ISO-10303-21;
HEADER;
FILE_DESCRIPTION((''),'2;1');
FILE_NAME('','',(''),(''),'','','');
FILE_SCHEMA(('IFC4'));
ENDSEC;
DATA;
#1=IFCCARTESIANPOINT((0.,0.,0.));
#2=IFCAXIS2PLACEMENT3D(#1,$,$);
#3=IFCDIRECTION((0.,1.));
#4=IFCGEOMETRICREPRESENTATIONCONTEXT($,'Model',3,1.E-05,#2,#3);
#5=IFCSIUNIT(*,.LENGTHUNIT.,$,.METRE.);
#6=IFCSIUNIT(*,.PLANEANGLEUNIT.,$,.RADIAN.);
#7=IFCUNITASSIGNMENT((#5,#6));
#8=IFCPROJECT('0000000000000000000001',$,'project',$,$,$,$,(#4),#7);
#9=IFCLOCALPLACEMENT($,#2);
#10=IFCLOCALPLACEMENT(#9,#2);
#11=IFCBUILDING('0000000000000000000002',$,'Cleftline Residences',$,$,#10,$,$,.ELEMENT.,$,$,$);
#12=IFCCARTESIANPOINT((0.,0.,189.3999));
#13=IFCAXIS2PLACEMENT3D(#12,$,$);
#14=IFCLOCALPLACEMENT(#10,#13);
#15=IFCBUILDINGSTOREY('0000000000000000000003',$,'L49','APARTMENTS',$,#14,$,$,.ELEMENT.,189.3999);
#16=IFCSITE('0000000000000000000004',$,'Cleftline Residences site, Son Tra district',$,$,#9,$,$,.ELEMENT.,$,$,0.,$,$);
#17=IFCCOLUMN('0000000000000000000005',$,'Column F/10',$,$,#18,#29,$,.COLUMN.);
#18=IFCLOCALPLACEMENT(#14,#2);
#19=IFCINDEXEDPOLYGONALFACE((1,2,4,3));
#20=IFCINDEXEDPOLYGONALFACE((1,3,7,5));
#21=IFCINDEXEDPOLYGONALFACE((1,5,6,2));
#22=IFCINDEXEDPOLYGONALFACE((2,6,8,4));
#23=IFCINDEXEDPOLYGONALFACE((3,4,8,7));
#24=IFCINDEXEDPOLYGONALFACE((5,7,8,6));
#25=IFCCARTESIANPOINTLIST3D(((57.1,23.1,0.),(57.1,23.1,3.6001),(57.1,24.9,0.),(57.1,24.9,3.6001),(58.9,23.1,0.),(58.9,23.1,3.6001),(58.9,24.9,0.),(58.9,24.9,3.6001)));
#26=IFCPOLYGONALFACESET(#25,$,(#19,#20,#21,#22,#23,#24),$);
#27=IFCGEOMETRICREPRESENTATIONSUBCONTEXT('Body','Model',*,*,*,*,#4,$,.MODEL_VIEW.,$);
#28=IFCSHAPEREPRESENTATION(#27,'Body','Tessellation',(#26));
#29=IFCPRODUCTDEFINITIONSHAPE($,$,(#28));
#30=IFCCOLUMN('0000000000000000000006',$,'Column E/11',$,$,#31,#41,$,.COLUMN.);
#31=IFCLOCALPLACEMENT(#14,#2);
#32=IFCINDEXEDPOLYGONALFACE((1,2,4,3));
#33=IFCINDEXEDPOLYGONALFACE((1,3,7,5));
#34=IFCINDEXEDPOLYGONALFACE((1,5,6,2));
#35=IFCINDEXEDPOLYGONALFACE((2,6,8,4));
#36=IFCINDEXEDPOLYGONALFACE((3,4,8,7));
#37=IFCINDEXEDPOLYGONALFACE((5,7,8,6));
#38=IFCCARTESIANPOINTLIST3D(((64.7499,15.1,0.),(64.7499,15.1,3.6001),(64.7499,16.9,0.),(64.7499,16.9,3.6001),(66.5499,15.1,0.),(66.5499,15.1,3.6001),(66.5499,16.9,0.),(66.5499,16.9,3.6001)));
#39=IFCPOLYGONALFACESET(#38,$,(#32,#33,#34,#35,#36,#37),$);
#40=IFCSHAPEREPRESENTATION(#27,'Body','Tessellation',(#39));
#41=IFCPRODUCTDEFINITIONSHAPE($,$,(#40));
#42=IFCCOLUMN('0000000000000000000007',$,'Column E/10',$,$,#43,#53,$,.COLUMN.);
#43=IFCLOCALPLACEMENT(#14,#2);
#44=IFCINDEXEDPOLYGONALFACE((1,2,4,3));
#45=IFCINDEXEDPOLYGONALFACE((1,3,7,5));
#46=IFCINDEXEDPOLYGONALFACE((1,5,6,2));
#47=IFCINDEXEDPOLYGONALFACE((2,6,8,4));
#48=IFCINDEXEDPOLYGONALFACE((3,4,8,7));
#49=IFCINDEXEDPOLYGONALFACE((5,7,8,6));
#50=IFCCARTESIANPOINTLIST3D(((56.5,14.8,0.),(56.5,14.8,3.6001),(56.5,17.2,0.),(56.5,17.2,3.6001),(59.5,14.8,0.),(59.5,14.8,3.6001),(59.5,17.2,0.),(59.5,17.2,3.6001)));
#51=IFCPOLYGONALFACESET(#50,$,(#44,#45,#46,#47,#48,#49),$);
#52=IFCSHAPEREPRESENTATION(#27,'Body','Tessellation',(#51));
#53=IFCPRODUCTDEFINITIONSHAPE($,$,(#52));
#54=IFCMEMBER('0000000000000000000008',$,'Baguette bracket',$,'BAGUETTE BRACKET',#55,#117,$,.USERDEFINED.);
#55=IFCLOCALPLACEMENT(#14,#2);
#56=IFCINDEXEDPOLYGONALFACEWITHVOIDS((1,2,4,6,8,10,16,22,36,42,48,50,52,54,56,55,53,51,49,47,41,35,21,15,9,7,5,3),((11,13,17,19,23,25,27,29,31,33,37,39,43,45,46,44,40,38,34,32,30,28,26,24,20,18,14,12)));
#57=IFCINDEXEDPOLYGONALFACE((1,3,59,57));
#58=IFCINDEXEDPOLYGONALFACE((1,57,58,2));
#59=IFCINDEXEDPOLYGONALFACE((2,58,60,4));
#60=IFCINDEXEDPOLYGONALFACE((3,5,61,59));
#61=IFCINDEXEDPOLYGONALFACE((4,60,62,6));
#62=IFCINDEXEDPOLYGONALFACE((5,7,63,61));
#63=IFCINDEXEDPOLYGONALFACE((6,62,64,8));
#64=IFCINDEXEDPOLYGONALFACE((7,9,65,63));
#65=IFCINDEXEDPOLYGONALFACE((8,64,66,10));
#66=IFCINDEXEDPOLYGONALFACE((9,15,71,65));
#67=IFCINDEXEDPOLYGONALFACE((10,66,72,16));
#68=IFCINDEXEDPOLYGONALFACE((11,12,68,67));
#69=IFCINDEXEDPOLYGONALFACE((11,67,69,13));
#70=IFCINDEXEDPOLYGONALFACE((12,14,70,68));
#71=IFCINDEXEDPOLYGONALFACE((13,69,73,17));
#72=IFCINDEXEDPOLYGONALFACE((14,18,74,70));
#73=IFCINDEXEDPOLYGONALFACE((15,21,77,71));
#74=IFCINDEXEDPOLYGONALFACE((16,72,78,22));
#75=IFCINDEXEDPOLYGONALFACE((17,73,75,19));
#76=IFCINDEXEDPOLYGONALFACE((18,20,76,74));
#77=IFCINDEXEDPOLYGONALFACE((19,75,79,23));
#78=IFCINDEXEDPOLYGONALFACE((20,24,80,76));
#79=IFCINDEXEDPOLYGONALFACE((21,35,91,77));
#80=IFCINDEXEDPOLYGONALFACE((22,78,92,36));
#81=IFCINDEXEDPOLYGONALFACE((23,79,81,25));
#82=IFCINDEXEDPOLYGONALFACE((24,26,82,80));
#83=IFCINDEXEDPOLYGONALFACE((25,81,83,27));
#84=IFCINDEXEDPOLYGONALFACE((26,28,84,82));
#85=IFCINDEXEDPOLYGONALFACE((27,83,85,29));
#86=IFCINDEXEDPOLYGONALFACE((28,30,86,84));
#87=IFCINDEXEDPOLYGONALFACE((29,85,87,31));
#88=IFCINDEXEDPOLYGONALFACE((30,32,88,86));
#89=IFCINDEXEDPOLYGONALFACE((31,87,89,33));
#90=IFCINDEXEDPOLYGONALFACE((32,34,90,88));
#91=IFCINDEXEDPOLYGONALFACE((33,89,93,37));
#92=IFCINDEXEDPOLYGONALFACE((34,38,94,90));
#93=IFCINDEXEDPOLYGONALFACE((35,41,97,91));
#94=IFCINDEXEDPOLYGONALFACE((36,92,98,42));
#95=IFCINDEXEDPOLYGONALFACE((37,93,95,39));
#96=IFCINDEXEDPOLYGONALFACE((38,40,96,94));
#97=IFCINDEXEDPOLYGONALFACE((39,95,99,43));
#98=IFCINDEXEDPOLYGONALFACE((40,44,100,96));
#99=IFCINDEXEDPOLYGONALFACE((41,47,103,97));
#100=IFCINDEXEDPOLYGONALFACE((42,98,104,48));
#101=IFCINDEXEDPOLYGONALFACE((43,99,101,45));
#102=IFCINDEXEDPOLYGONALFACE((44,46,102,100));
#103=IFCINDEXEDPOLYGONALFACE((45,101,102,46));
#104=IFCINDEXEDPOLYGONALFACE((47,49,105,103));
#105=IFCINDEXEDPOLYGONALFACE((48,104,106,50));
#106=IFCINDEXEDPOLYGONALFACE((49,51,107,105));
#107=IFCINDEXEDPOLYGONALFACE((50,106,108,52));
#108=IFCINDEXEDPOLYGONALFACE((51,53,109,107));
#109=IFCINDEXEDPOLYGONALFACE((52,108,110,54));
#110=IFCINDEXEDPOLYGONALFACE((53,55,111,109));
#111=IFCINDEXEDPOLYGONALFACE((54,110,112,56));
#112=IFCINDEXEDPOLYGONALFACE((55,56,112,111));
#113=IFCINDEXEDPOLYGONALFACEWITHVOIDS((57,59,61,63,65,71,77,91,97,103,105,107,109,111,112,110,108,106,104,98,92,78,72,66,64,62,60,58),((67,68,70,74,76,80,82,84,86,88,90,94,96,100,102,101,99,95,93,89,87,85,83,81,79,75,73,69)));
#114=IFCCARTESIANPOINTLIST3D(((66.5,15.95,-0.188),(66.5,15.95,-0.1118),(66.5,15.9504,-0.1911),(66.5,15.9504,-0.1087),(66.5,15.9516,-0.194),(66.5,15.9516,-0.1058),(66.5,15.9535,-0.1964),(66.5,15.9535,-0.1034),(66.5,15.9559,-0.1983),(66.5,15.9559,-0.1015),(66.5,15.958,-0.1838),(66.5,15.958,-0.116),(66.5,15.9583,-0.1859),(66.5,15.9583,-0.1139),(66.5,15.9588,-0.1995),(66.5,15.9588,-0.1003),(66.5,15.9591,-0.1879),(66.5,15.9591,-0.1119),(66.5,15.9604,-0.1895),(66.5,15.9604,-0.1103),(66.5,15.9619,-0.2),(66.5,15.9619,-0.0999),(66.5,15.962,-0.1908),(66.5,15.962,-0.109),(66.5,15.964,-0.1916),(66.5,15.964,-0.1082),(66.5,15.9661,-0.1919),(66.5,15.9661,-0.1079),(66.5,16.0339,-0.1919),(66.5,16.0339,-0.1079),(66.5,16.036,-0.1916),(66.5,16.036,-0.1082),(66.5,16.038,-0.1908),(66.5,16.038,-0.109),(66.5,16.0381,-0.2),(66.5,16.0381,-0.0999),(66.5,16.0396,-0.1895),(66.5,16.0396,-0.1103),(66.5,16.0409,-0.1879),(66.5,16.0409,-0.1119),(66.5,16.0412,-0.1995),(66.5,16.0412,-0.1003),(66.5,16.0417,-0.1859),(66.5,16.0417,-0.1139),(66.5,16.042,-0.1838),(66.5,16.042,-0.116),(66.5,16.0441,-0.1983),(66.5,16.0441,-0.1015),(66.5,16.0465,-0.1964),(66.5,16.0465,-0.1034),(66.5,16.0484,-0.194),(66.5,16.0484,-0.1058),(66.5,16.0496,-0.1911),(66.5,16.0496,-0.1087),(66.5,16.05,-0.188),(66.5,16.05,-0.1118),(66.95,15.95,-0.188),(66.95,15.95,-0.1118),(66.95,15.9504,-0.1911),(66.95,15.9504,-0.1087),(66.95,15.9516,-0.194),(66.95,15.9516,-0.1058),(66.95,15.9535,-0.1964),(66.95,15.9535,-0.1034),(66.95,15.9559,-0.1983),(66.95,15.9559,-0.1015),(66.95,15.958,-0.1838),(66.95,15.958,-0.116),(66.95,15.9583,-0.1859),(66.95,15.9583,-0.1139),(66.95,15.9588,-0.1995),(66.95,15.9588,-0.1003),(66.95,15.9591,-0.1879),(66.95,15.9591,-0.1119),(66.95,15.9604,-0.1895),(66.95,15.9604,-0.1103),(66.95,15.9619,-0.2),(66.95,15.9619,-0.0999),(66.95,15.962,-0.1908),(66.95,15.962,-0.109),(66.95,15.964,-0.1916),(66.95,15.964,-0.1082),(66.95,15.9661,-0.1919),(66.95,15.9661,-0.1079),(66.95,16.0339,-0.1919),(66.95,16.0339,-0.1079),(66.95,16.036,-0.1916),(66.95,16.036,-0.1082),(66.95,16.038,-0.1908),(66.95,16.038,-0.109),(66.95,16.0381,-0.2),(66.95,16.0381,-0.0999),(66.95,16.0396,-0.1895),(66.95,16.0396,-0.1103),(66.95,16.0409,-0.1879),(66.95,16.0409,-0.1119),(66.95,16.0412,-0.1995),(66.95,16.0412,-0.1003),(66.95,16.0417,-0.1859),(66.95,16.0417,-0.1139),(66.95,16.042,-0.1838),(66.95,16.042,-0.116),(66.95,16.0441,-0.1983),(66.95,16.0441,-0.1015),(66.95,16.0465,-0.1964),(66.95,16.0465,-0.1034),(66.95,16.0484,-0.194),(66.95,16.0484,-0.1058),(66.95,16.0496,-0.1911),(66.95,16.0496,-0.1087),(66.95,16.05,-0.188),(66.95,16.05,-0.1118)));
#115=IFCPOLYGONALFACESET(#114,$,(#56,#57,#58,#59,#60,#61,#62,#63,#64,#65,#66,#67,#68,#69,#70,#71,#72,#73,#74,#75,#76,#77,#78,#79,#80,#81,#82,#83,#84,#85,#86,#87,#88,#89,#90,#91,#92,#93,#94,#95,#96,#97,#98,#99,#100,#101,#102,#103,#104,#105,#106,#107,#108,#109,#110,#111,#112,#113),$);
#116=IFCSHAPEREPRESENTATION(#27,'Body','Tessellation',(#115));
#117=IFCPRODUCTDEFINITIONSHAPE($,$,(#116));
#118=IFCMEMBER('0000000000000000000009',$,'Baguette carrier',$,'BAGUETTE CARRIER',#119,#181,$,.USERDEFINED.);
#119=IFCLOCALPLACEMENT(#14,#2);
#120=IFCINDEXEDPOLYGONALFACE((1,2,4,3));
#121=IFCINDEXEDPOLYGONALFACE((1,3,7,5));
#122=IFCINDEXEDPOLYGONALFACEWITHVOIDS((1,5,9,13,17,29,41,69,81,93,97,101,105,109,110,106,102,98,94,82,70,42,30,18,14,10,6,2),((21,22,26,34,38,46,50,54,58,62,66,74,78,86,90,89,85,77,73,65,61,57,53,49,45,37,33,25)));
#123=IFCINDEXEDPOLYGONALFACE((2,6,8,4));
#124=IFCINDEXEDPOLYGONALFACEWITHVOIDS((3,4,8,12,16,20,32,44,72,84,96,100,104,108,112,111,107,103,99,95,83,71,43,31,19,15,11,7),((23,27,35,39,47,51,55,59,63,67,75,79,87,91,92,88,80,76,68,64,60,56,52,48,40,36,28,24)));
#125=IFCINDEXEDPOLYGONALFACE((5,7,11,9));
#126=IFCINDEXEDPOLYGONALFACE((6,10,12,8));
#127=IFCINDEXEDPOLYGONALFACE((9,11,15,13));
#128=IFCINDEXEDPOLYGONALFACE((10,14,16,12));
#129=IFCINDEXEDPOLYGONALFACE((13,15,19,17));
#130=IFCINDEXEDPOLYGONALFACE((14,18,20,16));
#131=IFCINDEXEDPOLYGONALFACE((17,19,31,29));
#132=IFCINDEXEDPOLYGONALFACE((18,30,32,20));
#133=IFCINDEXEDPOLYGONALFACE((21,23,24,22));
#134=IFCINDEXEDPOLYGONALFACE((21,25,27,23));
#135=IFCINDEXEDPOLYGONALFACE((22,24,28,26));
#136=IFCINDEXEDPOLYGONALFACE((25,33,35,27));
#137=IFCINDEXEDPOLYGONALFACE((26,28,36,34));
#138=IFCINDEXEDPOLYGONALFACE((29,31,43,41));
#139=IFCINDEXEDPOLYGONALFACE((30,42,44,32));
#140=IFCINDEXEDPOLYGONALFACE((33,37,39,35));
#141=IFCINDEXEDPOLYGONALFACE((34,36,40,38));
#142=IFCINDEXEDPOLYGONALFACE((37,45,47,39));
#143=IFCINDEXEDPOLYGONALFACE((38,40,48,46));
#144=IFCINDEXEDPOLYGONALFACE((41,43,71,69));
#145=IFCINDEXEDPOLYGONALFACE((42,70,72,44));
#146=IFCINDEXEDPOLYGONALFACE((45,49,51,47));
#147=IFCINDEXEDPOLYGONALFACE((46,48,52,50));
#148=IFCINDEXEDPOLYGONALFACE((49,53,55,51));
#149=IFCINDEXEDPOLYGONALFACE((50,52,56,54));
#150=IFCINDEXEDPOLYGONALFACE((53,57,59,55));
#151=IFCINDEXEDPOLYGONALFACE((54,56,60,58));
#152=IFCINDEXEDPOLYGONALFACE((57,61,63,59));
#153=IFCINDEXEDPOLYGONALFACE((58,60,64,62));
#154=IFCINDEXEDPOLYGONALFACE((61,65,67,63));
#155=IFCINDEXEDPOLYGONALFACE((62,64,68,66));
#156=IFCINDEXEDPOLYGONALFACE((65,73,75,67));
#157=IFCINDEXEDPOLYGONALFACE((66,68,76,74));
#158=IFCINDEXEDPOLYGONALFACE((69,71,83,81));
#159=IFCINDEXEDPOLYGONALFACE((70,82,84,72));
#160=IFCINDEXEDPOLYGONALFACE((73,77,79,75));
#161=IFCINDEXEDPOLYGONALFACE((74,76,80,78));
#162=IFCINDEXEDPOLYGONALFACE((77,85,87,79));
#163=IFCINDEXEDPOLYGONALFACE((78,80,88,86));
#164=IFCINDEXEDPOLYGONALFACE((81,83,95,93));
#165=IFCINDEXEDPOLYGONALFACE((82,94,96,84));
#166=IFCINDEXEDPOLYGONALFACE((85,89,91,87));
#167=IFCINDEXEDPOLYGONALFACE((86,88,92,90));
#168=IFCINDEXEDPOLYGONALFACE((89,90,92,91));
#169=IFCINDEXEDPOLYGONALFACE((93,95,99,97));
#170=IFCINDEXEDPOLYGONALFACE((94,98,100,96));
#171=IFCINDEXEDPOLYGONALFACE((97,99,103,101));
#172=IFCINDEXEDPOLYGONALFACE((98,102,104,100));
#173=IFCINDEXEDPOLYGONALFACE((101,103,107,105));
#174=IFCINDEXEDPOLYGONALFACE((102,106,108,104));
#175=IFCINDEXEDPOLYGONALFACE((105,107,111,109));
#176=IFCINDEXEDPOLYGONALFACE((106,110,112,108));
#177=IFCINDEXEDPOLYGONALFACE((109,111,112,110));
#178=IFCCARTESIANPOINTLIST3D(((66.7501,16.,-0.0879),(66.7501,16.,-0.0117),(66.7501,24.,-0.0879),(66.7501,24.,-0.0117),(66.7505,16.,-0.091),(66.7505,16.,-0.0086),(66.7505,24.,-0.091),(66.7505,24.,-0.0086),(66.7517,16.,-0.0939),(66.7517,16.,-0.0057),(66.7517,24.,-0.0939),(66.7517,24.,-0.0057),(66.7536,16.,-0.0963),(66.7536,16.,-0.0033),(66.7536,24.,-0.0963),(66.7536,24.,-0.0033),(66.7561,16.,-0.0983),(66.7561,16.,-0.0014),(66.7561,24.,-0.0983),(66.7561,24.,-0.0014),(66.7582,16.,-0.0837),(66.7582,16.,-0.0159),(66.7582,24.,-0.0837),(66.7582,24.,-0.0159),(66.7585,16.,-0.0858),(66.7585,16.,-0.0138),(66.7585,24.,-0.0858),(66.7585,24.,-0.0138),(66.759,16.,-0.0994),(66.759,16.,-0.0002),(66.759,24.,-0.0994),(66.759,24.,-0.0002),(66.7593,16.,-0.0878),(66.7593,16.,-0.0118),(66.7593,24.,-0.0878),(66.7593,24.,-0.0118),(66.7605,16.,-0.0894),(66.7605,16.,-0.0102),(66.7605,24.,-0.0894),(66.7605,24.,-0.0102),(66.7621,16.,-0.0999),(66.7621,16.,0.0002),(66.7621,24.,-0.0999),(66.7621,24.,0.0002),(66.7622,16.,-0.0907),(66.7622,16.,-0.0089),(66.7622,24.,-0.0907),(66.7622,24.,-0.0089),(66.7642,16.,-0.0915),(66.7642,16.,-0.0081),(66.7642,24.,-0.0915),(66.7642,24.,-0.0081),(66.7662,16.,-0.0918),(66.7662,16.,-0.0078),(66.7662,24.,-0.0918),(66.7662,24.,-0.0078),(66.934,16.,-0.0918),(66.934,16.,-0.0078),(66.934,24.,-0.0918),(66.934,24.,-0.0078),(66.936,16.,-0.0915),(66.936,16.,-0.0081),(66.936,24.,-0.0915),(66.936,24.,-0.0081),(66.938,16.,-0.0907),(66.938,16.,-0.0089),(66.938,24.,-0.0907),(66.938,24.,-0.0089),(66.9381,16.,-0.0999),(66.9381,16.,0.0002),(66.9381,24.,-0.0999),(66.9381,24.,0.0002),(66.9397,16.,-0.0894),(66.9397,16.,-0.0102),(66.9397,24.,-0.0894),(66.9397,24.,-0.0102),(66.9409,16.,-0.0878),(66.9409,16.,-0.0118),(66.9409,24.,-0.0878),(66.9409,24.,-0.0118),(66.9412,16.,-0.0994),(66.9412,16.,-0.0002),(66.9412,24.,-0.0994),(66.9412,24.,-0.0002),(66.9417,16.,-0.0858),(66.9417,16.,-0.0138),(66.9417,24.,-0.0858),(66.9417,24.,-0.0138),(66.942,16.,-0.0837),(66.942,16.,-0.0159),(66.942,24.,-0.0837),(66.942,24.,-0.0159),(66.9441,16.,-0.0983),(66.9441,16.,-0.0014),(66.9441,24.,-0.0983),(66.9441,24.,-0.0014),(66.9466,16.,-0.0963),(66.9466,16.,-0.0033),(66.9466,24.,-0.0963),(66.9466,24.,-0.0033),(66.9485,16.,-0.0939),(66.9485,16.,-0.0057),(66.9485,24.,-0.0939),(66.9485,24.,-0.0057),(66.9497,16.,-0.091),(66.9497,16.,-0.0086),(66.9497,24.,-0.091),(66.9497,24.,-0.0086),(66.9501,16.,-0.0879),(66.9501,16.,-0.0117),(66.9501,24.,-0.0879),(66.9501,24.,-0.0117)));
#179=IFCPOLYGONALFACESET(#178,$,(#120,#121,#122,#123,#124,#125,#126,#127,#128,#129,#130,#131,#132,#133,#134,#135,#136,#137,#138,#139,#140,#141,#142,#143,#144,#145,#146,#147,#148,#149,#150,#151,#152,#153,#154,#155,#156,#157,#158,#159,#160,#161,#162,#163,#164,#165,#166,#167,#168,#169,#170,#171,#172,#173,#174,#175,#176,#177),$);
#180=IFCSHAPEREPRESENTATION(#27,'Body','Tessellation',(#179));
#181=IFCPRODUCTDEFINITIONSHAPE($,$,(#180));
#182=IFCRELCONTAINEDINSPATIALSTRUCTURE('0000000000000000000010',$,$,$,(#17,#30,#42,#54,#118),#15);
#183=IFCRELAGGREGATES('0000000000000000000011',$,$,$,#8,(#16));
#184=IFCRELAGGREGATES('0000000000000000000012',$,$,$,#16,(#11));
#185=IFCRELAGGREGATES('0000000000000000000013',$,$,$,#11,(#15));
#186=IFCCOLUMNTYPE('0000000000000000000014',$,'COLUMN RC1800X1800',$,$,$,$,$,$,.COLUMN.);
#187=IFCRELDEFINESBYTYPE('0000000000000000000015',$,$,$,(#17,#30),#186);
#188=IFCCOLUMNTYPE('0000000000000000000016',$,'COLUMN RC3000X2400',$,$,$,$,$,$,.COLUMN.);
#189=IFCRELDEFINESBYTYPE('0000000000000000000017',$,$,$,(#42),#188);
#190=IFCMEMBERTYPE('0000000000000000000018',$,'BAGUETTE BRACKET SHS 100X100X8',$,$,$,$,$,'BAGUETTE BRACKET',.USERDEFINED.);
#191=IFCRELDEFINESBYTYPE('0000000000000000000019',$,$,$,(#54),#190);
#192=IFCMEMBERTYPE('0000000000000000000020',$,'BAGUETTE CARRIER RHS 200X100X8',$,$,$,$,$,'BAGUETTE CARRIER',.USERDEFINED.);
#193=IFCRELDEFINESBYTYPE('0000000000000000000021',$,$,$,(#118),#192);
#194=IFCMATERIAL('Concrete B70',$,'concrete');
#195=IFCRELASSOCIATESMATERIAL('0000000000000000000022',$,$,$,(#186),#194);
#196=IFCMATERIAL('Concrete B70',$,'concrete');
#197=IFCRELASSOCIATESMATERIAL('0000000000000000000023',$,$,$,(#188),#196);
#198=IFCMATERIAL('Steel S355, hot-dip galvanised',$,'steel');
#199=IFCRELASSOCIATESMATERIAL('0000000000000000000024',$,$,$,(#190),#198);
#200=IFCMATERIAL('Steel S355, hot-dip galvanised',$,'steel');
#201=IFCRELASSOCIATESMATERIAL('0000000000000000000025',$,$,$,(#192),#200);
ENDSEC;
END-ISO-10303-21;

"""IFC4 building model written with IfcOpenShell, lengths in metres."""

from ifc_helpers import new_model, si_unit, direction, frame, origin, origin_2d, place, context, subcontext, project, spatial, rectangle, hollow_rectangle, extrude, material, material_profile, profile_set, type_object, element, save


model = new_model("IFC4")

# Units and contexts
model_context = context("Model", 3, precision=1e-05, world=origin(), true_north=direction((0.0, 1.0)))
body_context = subcontext(model_context, "Body", "Model", "MODEL_VIEW")
ifc_project = project(units=[si_unit("LENGTHUNIT", "METRE"), si_unit("PLANEANGLEUNIT", "RADIAN")], contexts=[model_context])

# Site, building, storey
site_placement = place(None, origin())
site = spatial("IfcSite", under=ifc_project, at=site_placement, Name="Cleftline Residences site, Son Tra district", CompositionType="ELEMENT", RefElevation=0.0)
building_placement = place(site_placement, origin())
building = spatial("IfcBuilding", under=site, at=building_placement, Name="Cleftline Residences", CompositionType="ELEMENT")
storey_placement = place(building_placement, frame((0.0, 0.0, 189.3999)))
storey = spatial("IfcBuildingStorey", under=building, at=storey_placement, Name="L49", Description="APARTMENTS", CompositionType="ELEMENT", Elevation=189.3999)

# Columns
ifc_material_1 = material(Name="Concrete B70", Category="concrete")
ifc_material_profile_1 = material_profile(ifc_material_1, rectangle(XDim=1.8, YDim=1.8, at=origin_2d()))
ifc_profile_set_1 = profile_set([ifc_material_profile_1], Name="Concrete B70")
column_type_1 = type_object("IfcColumnType", Name="COLUMN RC1800X1800", PredefinedType="COLUMN", material=ifc_profile_set_1)
for number, where, z_axis, x_axis, name in (
    (1, (58.0, 24.0, 0.0), (0.0, 0.0, 1.0), (1.0, 0.0, 0.0), "Column F/10"),
    (2, (65.6499, 16.0, 0.0), (0.0, 0.0, 1.0), (1.0, 0.0, 0.0), "Column E/11"),
):
    element("IfcColumn", number, at=place(storey_placement, frame(where, z_axis=z_axis, x_axis=x_axis)), inside=storey, type_object=column_type_1, Name=name, PredefinedType="COLUMN", context=body_context, shape_type="SweptSolid", body=[
        extrude(rectangle(XDim=1.8, YDim=1.8, at=origin_2d()), origin(), (0.0, 0.0, 1.0), 3.6001),
    ])
ifc_material_2 = material(Name="Concrete B70", Category="concrete")
ifc_material_profile_2 = material_profile(ifc_material_2, rectangle(XDim=3.0, YDim=2.3999, at=origin_2d()))
ifc_profile_set_2 = profile_set([ifc_material_profile_2], Name="Concrete B70")
column_type_2 = type_object("IfcColumnType", Name="COLUMN RC3000X2400", PredefinedType="COLUMN", material=ifc_profile_set_2)
column_placement = place(storey_placement, frame((58.0, 16.0, 0.0), z_axis=(0.0, 0.0, 1.0), x_axis=(1.0, 0.0, 0.0)))
element("IfcColumn", 3, at=column_placement, inside=storey, type_object=column_type_2, Name="Column E/10", PredefinedType="COLUMN", context=body_context, shape_type="SweptSolid", body=[
    extrude(rectangle(XDim=3.0, YDim=2.3999, at=origin_2d()), origin(), (0.0, 0.0, 1.0), 3.6001),
])

# Members
ifc_material_3 = material(Name="Steel S355, hot-dip galvanised", Category="steel")
ifc_material_profile_3 = material_profile(ifc_material_3, hollow_rectangle(XDim=0.1001, YDim=0.1001, WallThickness=0.0081, InnerFilletRadius=0.0081, OuterFilletRadius=0.012, at=origin_2d()))
ifc_profile_set_3 = profile_set([ifc_material_profile_3], Name="Steel S355, hot-dip galvanised")
member_type_1 = type_object("IfcMemberType", Name="BAGUETTE BRACKET SHS 100X100X8", ElementType="BAGUETTE BRACKET", PredefinedType="USERDEFINED", material=ifc_profile_set_3)
member_1_placement = place(storey_placement, frame((66.5, 16.0, -0.1499), z_axis=(1.0, 0.0, 0.0), x_axis=(0.0, 1.0, 0.0)))
element("IfcMember", 4, at=member_1_placement, inside=storey, type_object=member_type_1, Name="Baguette bracket", ObjectType="BAGUETTE BRACKET", PredefinedType="USERDEFINED", context=body_context, shape_type="SweptSolid", body=[
    extrude(hollow_rectangle(XDim=0.1001, YDim=0.1001, WallThickness=0.0081, InnerFilletRadius=0.0081, OuterFilletRadius=0.012, at=origin_2d()), origin(), (0.0, 0.0, 1.0), 0.45),
])
ifc_material_4 = material(Name="Steel S355, hot-dip galvanised", Category="steel")
ifc_material_profile_4 = material_profile(ifc_material_4, hollow_rectangle(XDim=0.1001, YDim=0.2, WallThickness=0.0081, InnerFilletRadius=0.0081, OuterFilletRadius=0.012, at=origin_2d()))
ifc_profile_set_4 = profile_set([ifc_material_profile_4], Name="Steel S355, hot-dip galvanised")
member_type_2 = type_object("IfcMemberType", Name="BAGUETTE CARRIER RHS 200X100X8", ElementType="BAGUETTE CARRIER", PredefinedType="USERDEFINED", material=ifc_profile_set_4)
member_2_placement = place(storey_placement, frame((66.8501, 16.0, -0.0498), z_axis=(0.0, 1.0, 0.0), x_axis=(0.0, 0.0, 1.0)))
element("IfcMember", 5, at=member_2_placement, inside=storey, type_object=member_type_2, Name="Baguette carrier", ObjectType="BAGUETTE CARRIER", PredefinedType="USERDEFINED", context=body_context, shape_type="SweptSolid", body=[
    extrude(hollow_rectangle(XDim=0.1001, YDim=0.2, WallThickness=0.0081, InnerFilletRadius=0.0081, OuterFilletRadius=0.012, at=origin_2d()), origin(), (0.0, 0.0, 1.0), 8.0),
])

save(model, "model.ifc")
